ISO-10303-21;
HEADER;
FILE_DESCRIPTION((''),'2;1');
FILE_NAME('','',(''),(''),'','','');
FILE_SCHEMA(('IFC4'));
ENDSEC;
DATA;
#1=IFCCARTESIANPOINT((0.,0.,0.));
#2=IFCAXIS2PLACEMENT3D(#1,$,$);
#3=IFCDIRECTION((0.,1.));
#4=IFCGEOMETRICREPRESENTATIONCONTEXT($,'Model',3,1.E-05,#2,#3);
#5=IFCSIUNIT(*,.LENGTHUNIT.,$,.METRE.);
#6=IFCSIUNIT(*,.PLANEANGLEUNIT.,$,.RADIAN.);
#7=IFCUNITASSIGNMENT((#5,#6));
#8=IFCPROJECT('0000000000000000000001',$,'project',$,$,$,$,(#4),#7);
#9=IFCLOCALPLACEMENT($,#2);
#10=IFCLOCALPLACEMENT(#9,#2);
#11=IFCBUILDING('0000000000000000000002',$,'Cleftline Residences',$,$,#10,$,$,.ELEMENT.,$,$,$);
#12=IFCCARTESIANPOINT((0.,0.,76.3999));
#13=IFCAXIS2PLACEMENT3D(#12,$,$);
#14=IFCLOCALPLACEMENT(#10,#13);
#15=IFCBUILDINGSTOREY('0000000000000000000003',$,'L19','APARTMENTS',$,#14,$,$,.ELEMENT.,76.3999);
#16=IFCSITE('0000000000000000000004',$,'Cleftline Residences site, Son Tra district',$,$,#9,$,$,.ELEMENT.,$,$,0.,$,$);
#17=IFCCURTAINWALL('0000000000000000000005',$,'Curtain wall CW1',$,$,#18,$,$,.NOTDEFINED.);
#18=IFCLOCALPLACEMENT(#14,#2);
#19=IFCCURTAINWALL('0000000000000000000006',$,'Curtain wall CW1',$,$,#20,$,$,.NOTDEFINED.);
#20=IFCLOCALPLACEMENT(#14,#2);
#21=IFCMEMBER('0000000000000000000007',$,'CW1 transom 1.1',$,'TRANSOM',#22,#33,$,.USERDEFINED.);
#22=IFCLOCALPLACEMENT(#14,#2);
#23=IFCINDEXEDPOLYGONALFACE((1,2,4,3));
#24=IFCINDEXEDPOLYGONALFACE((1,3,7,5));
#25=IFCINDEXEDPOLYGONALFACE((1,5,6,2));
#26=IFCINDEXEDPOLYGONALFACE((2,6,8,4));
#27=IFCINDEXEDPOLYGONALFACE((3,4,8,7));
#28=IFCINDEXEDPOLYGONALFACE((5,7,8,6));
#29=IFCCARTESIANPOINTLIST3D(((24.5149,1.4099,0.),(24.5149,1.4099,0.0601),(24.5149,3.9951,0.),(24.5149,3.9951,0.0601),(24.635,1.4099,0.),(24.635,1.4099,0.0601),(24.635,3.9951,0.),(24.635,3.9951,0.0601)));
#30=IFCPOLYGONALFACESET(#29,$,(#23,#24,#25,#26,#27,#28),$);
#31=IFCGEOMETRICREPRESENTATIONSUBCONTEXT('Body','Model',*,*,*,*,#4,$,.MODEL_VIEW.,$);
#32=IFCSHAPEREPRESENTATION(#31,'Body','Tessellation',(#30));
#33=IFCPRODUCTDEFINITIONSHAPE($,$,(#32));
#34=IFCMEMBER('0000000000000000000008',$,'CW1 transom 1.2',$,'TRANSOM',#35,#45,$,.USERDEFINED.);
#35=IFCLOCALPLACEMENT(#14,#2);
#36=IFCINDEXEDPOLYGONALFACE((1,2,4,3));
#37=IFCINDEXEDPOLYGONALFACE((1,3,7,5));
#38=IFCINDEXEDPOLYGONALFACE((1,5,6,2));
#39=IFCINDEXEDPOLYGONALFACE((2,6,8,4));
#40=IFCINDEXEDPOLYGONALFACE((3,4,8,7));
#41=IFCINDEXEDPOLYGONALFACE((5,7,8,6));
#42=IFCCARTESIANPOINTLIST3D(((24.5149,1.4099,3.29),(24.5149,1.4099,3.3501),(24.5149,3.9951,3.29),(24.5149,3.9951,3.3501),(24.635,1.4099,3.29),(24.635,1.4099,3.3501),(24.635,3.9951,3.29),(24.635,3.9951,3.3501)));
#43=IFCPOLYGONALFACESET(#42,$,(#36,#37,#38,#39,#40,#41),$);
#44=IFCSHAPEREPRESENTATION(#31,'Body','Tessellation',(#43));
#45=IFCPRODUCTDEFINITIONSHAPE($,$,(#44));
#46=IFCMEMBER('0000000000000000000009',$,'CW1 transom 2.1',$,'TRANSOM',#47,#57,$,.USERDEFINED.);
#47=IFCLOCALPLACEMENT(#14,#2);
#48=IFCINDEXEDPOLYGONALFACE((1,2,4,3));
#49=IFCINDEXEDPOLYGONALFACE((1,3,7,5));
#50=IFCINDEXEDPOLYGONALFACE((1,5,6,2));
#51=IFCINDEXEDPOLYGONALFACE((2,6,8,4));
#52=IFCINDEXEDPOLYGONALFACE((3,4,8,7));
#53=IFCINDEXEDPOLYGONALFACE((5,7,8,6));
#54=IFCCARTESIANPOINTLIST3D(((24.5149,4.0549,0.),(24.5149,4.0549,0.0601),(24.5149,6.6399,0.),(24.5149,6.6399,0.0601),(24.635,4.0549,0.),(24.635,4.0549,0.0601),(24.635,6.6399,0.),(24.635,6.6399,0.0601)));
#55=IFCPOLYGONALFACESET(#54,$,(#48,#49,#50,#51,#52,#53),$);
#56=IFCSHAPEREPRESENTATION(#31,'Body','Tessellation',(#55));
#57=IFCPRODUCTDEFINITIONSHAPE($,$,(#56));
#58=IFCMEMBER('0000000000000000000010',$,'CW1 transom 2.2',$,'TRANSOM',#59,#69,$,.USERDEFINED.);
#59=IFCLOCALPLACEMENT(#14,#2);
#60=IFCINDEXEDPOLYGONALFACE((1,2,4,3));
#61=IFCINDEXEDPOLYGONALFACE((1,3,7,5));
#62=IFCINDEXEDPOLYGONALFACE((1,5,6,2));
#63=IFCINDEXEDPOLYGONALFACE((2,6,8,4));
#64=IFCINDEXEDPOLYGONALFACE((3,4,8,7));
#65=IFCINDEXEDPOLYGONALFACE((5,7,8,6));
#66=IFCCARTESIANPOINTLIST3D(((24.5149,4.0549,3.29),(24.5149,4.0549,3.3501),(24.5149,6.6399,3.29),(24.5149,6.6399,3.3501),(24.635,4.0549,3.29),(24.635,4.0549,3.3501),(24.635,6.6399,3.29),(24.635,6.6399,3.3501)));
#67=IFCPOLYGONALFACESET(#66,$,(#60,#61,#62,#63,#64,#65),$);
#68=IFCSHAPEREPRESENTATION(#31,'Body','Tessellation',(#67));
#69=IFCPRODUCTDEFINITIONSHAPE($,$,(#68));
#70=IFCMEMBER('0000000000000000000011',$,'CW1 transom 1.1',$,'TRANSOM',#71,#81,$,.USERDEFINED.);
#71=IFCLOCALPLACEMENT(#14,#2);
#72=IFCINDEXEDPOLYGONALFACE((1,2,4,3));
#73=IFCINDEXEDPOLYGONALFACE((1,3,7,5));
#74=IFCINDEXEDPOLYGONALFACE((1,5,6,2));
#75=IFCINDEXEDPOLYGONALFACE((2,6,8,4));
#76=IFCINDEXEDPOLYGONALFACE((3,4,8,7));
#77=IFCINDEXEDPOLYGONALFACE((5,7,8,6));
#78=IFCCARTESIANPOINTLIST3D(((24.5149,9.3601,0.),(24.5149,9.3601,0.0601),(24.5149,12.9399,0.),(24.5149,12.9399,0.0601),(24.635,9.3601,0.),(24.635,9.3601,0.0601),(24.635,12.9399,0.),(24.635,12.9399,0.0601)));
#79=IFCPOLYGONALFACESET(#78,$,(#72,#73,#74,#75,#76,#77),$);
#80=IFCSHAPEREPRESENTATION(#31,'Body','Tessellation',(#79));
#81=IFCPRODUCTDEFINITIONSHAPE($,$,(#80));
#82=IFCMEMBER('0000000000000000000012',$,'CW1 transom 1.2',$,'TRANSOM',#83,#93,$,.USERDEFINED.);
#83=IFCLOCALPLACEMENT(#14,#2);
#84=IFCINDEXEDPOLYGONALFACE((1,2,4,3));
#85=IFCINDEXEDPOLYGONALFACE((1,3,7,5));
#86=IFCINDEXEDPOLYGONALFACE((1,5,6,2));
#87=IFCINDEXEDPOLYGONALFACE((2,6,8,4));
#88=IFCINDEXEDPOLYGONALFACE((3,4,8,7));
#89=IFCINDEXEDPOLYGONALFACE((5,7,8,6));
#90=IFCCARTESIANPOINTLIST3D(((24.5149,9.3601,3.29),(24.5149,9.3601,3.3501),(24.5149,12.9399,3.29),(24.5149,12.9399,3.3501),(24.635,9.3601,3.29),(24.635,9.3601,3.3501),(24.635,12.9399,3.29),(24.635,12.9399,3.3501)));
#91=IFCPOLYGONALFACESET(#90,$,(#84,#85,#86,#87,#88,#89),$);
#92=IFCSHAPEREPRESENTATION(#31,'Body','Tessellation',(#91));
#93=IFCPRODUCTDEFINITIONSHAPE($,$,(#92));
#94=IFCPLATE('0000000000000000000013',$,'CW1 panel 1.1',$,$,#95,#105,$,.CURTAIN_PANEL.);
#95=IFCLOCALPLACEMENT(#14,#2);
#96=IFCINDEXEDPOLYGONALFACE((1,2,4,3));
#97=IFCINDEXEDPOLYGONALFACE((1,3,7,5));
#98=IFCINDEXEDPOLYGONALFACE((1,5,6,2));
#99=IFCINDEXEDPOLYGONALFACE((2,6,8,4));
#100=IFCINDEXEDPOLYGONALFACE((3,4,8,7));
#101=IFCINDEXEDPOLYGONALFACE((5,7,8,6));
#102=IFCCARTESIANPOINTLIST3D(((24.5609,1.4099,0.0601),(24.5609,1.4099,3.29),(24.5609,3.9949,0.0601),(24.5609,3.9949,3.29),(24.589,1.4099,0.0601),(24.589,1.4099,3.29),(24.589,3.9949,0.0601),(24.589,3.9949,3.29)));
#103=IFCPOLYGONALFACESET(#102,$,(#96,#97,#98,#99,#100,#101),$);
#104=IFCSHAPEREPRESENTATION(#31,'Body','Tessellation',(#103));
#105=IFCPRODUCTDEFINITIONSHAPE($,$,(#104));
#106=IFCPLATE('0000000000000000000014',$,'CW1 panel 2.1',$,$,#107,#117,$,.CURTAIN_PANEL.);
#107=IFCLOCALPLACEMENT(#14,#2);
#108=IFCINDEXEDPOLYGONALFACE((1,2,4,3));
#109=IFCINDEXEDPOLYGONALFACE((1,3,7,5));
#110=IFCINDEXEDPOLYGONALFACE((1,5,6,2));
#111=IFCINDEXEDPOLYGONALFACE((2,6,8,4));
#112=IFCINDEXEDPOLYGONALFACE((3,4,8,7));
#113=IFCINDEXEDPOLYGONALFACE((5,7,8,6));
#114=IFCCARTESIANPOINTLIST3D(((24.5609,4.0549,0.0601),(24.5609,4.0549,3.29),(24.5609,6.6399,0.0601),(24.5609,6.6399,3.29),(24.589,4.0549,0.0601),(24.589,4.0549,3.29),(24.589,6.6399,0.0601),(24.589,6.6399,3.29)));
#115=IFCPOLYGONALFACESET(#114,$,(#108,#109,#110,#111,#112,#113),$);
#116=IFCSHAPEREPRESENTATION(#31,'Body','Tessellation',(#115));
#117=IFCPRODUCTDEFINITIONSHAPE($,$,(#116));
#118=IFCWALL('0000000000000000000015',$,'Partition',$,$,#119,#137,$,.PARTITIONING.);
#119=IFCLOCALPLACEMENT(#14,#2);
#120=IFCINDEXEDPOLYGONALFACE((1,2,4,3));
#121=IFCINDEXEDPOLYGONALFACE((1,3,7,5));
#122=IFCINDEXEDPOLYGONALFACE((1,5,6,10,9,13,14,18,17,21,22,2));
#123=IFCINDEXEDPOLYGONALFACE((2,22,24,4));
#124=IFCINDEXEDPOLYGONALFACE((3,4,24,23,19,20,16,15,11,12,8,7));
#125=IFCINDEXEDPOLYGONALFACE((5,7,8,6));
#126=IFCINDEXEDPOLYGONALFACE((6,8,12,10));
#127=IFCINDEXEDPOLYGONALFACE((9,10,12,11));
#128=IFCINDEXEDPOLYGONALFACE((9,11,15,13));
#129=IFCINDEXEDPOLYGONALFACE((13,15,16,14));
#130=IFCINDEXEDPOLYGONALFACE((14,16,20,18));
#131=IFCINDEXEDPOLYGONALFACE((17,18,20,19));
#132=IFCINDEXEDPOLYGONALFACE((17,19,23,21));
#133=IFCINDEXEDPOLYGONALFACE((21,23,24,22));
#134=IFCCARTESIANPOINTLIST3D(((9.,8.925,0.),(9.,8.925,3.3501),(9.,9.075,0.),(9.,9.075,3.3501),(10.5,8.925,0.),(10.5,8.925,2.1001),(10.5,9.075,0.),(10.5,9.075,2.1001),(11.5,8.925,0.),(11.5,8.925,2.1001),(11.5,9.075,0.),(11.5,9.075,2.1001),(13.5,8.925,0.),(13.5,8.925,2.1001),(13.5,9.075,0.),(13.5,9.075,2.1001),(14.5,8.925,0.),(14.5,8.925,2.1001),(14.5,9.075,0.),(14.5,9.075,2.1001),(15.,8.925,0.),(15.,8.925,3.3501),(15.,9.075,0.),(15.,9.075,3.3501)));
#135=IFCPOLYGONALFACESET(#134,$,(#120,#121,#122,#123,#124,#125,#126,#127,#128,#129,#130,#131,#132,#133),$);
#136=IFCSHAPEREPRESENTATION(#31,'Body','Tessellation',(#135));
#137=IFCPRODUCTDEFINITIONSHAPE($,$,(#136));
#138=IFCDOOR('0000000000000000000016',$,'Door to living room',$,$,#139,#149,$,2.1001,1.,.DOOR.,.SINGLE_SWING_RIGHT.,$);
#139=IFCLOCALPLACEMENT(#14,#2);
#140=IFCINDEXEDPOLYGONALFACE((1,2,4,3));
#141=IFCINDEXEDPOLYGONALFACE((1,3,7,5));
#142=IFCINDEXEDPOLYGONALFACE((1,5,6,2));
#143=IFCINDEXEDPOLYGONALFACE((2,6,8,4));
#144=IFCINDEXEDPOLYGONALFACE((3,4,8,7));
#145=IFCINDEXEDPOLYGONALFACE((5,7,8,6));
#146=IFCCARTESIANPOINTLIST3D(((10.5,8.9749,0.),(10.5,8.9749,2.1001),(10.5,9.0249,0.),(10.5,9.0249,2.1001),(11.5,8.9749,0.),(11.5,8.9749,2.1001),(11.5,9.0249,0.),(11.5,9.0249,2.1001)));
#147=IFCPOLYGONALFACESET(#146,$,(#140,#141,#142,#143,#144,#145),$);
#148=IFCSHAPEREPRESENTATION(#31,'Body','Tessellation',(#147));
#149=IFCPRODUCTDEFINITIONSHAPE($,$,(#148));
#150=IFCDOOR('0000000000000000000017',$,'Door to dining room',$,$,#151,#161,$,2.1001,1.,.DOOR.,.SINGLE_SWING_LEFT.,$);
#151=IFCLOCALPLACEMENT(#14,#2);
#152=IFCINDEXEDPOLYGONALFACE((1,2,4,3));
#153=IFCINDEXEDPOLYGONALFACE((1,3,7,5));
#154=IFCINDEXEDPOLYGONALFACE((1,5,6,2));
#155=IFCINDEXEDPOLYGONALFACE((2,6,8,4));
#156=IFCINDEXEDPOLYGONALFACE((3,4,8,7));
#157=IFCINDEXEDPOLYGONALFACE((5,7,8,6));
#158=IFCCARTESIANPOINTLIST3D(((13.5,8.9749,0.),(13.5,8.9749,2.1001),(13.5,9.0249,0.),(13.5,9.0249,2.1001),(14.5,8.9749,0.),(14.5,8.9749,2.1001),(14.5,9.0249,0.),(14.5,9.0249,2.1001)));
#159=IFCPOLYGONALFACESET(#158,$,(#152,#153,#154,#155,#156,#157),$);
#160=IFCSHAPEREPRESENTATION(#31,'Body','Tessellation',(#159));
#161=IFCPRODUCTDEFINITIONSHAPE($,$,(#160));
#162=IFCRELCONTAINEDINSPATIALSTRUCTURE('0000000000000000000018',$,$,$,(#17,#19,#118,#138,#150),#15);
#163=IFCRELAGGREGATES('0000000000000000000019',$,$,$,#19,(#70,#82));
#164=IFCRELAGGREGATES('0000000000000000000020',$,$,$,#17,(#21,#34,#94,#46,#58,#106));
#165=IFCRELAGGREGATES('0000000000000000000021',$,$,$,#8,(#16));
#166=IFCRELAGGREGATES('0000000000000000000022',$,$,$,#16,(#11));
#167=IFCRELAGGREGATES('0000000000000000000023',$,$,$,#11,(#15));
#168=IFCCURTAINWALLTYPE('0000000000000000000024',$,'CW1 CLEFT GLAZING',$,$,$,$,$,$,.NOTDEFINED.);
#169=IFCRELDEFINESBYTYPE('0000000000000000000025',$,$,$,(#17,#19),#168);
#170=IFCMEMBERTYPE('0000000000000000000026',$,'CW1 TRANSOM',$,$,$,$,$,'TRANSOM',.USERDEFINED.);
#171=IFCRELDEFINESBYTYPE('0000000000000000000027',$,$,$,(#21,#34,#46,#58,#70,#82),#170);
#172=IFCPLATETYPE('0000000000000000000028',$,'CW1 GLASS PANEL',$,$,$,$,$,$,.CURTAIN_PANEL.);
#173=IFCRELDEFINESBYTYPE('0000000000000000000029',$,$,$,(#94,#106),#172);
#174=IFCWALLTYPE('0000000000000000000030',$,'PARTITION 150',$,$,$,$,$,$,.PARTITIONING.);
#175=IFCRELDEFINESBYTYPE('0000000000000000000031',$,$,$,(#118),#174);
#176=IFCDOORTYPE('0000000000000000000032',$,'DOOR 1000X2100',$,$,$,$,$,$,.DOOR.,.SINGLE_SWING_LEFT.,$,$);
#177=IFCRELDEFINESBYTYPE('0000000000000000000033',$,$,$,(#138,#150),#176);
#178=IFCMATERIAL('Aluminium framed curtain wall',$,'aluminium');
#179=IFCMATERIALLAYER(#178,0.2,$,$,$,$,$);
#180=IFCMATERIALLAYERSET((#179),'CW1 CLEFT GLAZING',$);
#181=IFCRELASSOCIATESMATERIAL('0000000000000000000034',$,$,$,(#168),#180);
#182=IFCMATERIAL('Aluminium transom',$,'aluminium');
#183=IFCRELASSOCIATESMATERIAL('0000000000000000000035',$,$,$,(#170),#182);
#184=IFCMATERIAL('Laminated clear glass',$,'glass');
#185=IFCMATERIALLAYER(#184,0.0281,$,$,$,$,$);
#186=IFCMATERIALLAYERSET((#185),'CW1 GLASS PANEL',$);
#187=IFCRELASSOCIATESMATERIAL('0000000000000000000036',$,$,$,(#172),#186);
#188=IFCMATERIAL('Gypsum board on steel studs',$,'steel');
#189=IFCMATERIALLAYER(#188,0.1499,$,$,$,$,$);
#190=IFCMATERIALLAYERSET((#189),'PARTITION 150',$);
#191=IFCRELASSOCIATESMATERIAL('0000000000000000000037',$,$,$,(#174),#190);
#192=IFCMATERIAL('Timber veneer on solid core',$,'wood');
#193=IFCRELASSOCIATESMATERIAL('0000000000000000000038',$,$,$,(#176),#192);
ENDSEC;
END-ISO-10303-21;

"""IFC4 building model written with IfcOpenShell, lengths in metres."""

from ifc_helpers import new_model, si_unit, direction, frame, frame_2d, origin, origin_2d, place, context, subcontext, project, spatial, rectangle, extrude, material, layer, layer_set, material_profile, profile_set, type_object, element, fill, aggregate, save


model = new_model("IFC4")

# Units and contexts
model_context = context("Model", 3, precision=1e-05, world=origin(), true_north=direction((0.0, 1.0)))
body_context = subcontext(model_context, "Body", "Model", "MODEL_VIEW")
ifc_project = project(units=[si_unit("LENGTHUNIT", "METRE"), si_unit("PLANEANGLEUNIT", "RADIAN")], contexts=[model_context])

# Site, building, storey
site_placement = place(None, origin())
site = spatial("IfcSite", under=ifc_project, at=site_placement, Name="Cleftline Residences site, Son Tra district", CompositionType="ELEMENT", RefElevation=0.0)
building_placement = place(site_placement, origin())
building = spatial("IfcBuilding", under=site, at=building_placement, Name="Cleftline Residences", CompositionType="ELEMENT")
storey_placement = place(building_placement, frame((0.0, 0.0, 76.3999)))
storey = spatial("IfcBuildingStorey", under=building, at=storey_placement, Name="L19", Description="APARTMENTS", CompositionType="ELEMENT", Elevation=76.3999)

# Curtain wall
ifc_material_1 = material(Name="Aluminium framed curtain wall", Category="aluminium")
ifc_layer_1 = layer(ifc_material_1, 0.2)
ifc_layer_set_1 = layer_set([ifc_layer_1], Name="CW1 CLEFT GLAZING")
curtain_wall_type = type_object("IfcCurtainWallType", Name="CW1 CLEFT GLAZING", PredefinedType="NOTDEFINED", material=ifc_layer_set_1)
curtain_wall_1_placement = place(storey_placement, origin())
curtain_wall_1 = element("IfcCurtainWall", 1, at=curtain_wall_1_placement, inside=storey, type_object=curtain_wall_type, Name="Curtain wall CW1", PredefinedType="NOTDEFINED")

# Curtain wall
curtain_wall_2_placement = place(storey_placement, origin())
curtain_wall_2 = element("IfcCurtainWall", 2, at=curtain_wall_2_placement, inside=storey, type_object=curtain_wall_type, Name="Curtain wall CW1", PredefinedType="NOTDEFINED")

# Members
ifc_material_2 = material(Name="Aluminium transom", Category="aluminium")
ifc_material_profile_1 = material_profile(ifc_material_2, rectangle(XDim=0.1201, YDim=0.0601, at=origin_2d()))
ifc_profile_set_1 = profile_set([ifc_material_profile_1], Name="Aluminium transom")
member_type_1 = type_object("IfcMemberType", Name="CW1 TRANSOM", ElementType="TRANSOM", PredefinedType="USERDEFINED", material=ifc_profile_set_1)
member_1_placement = place(storey_placement, frame((24.575, 1.4099, 0.03), z_axis=(0.0, 1.0, 0.0), x_axis=(-1.0, 0.0, 0.0)))
member_1 = element("IfcMember", 3, at=member_1_placement, type_object=member_type_1, Name="CW1 transom 1.1", ObjectType="TRANSOM", PredefinedType="USERDEFINED", context=body_context, shape_type="SweptSolid", body=[
    extrude(rectangle(XDim=0.1201, YDim=0.0601, at=origin_2d()), origin(), (0.0, 0.0, 1.0), 2.5852),
])
member_2_placement = place(storey_placement, frame((24.575, 1.4099, 3.3201), z_axis=(0.0, 1.0, 0.0), x_axis=(-1.0, 0.0, 0.0)))
member_2 = element("IfcMember", 4, at=member_2_placement, type_object=member_type_1, Name="CW1 transom 1.2", ObjectType="TRANSOM", PredefinedType="USERDEFINED", context=body_context, shape_type="SweptSolid", body=[
    extrude(rectangle(XDim=0.1201, YDim=0.0601, at=origin_2d()), origin(), (0.0, 0.0, 1.0), 2.5852),
])
member_3_placement = place(storey_placement, frame((24.575, 4.0549, 0.03), z_axis=(0.0, 1.0, 0.0), x_axis=(-1.0, 0.0, 0.0)))
member_3 = element("IfcMember", 5, at=member_3_placement, type_object=member_type_1, Name="CW1 transom 2.1", ObjectType="TRANSOM", PredefinedType="USERDEFINED", context=body_context, shape_type="SweptSolid", body=[
    extrude(rectangle(XDim=0.1201, YDim=0.0601, at=origin_2d()), origin(), (0.0, 0.0, 1.0), 2.585),
])
member_4_placement = place(storey_placement, frame((24.575, 4.0549, 3.3201), z_axis=(0.0, 1.0, 0.0), x_axis=(-1.0, 0.0, 0.0)))
member_4 = element("IfcMember", 6, at=member_4_placement, type_object=member_type_1, Name="CW1 transom 2.2", ObjectType="TRANSOM", PredefinedType="USERDEFINED", context=body_context, shape_type="SweptSolid", body=[
    extrude(rectangle(XDim=0.1201, YDim=0.0601, at=origin_2d()), origin(), (0.0, 0.0, 1.0), 2.585),
])
member_5_placement = place(storey_placement, frame((24.575, 9.3601, 0.03), z_axis=(0.0, 1.0, 0.0), x_axis=(-1.0, 0.0, 0.0)))
member_5 = element("IfcMember", 7, at=member_5_placement, type_object=member_type_1, Name="CW1 transom 1.1", ObjectType="TRANSOM", PredefinedType="USERDEFINED", context=body_context, shape_type="SweptSolid", body=[
    extrude(rectangle(XDim=0.1201, YDim=0.0601, at=origin_2d()), origin(), (0.0, 0.0, 1.0), 3.5798),
])
member_6_placement = place(storey_placement, frame((24.575, 9.3601, 3.3201), z_axis=(0.0, 1.0, 0.0), x_axis=(-1.0, 0.0, 0.0)))
member_6 = element("IfcMember", 8, at=member_6_placement, type_object=member_type_1, Name="CW1 transom 1.2", ObjectType="TRANSOM", PredefinedType="USERDEFINED", context=body_context, shape_type="SweptSolid", body=[
    extrude(rectangle(XDim=0.1201, YDim=0.0601, at=origin_2d()), origin(), (0.0, 0.0, 1.0), 3.5798),
])
aggregate(curtain_wall_2, [member_5, member_6])

# Plates
ifc_material_3 = material(Name="Laminated clear glass", Category="glass")
ifc_layer_2 = layer(ifc_material_3, 0.0281)
ifc_layer_set_2 = layer_set([ifc_layer_2], Name="CW1 GLASS PANEL")
plate_type = type_object("IfcPlateType", Name="CW1 GLASS PANEL", PredefinedType="CURTAIN_PANEL", material=ifc_layer_set_2)
plate_1_placement = place(storey_placement, frame((24.575, 2.7024, 0.0601), z_axis=(0.0, 0.0, 1.0), x_axis=(0.0, 1.0, 0.0)))
plate_1 = element("IfcPlate", 9, at=plate_1_placement, type_object=plate_type, Name="CW1 panel 1.1", PredefinedType="CURTAIN_PANEL", context=body_context, shape_type="SweptSolid", body=[
    extrude(rectangle(XDim=2.585, YDim=0.0281, at=origin_2d()), origin(), (0.0, 0.0, 1.0), 3.23),
])
plate_2_placement = place(storey_placement, frame((24.575, 5.3474, 0.0601), z_axis=(0.0, 0.0, 1.0), x_axis=(0.0, 1.0, 0.0)))
plate_2 = element("IfcPlate", 10, at=plate_2_placement, type_object=plate_type, Name="CW1 panel 2.1", PredefinedType="CURTAIN_PANEL", context=body_context, shape_type="SweptSolid", body=[
    extrude(rectangle(XDim=2.585, YDim=0.0281, at=origin_2d()), origin(), (0.0, 0.0, 1.0), 3.23),
])
aggregate(curtain_wall_1, [member_1, member_2, plate_1, member_3, member_4, plate_2])

# Wall, openings, doors
ifc_material_4 = material(Name="Gypsum board on steel studs", Category="steel")
ifc_layer_3 = layer(ifc_material_4, 0.1499)
ifc_layer_set_3 = layer_set([ifc_layer_3], Name="PARTITION 150")
wall_type = type_object("IfcWallType", Name="PARTITION 150", PredefinedType="PARTITIONING", material=ifc_layer_set_3)
wall_1_placement = place(storey_placement, frame((9.0, 9.0, 0.0), z_axis=(0.0, 0.0, 1.0), x_axis=(1.0, 0.0, 0.0)))
wall_1 = element("IfcWall", 11, at=wall_1_placement, inside=storey, type_object=wall_type, Name="Partition", PredefinedType="PARTITIONING", context=body_context, shape_type="SweptSolid", body=[
    extrude(rectangle(XDim=6.0, YDim=0.1499, at=frame_2d((3.0, 0.0))), origin(), (0.0, 0.0, 1.0), 3.3501),
])
opening_1_placement = place(wall_1_placement, frame((1.5, 0.0, 0.0)))
opening_1 = element("IfcOpeningElement", 12, at=opening_1_placement, cuts=wall_1, PredefinedType="OPENING", context=body_context, shape_type="SweptSolid", body=[
    extrude(rectangle(XDim=1.0, YDim=2.1001, at=frame_2d((0.5, 1.05))), frame((0.0, 0.085, 0.0), z_axis=(0.0, -1.0, 0.0), x_axis=(1.0, 0.0, 0.0)), (0.0, 0.0, 1.0), 0.1699),
])
opening_2_placement = place(wall_1_placement, frame((4.5, 0.0, 0.0)))
opening_2 = element("IfcOpeningElement", 13, at=opening_2_placement, cuts=wall_1, PredefinedType="OPENING", context=body_context, shape_type="SweptSolid", body=[
    extrude(rectangle(XDim=1.0, YDim=2.1001, at=frame_2d((0.5, 1.05))), frame((0.0, 0.085, 0.0), z_axis=(0.0, -1.0, 0.0), x_axis=(1.0, 0.0, 0.0)), (0.0, 0.0, 1.0), 0.1699),
])
ifc_material_5 = material(Name="Timber veneer on solid core", Category="wood")
door_type_1 = type_object("IfcDoorType", Name="DOOR 1000X2100", OperationType="SINGLE_SWING_LEFT", PredefinedType="DOOR", material=ifc_material_5)
door_1_placement = place(opening_1_placement, origin())
door_1 = element("IfcDoor", 14, at=door_1_placement, inside=storey, type_object=door_type_1, Name="Door to living room", OperationType="SINGLE_SWING_RIGHT", OverallHeight=2.1001, OverallWidth=1.0, PredefinedType="DOOR", context=body_context, shape_type="SweptSolid", body=[
    extrude(rectangle(XDim=1.0, YDim=2.1001, at=frame_2d((0.5, 1.05))), frame((0.0, 0.0249, 0.0), z_axis=(0.0, -1.0, 0.0), x_axis=(1.0, 0.0, 0.0)), (0.0, 0.0, 1.0), 0.05),
])
fill(opening_1, door_1)
door_2_placement = place(opening_2_placement, origin())
door_2 = element("IfcDoor", 15, at=door_2_placement, inside=storey, type_object=door_type_1, Name="Door to dining room", OperationType="SINGLE_SWING_LEFT", OverallHeight=2.1001, OverallWidth=1.0, PredefinedType="DOOR", context=body_context, shape_type="SweptSolid", body=[
    extrude(rectangle(XDim=1.0, YDim=2.1001, at=frame_2d((0.5, 1.05))), frame((0.0, 0.0249, 0.0), z_axis=(0.0, -1.0, 0.0), x_axis=(1.0, 0.0, 0.0)), (0.0, 0.0, 1.0), 0.05),
])
fill(opening_2, door_2)

save(model, "model.ifc")
